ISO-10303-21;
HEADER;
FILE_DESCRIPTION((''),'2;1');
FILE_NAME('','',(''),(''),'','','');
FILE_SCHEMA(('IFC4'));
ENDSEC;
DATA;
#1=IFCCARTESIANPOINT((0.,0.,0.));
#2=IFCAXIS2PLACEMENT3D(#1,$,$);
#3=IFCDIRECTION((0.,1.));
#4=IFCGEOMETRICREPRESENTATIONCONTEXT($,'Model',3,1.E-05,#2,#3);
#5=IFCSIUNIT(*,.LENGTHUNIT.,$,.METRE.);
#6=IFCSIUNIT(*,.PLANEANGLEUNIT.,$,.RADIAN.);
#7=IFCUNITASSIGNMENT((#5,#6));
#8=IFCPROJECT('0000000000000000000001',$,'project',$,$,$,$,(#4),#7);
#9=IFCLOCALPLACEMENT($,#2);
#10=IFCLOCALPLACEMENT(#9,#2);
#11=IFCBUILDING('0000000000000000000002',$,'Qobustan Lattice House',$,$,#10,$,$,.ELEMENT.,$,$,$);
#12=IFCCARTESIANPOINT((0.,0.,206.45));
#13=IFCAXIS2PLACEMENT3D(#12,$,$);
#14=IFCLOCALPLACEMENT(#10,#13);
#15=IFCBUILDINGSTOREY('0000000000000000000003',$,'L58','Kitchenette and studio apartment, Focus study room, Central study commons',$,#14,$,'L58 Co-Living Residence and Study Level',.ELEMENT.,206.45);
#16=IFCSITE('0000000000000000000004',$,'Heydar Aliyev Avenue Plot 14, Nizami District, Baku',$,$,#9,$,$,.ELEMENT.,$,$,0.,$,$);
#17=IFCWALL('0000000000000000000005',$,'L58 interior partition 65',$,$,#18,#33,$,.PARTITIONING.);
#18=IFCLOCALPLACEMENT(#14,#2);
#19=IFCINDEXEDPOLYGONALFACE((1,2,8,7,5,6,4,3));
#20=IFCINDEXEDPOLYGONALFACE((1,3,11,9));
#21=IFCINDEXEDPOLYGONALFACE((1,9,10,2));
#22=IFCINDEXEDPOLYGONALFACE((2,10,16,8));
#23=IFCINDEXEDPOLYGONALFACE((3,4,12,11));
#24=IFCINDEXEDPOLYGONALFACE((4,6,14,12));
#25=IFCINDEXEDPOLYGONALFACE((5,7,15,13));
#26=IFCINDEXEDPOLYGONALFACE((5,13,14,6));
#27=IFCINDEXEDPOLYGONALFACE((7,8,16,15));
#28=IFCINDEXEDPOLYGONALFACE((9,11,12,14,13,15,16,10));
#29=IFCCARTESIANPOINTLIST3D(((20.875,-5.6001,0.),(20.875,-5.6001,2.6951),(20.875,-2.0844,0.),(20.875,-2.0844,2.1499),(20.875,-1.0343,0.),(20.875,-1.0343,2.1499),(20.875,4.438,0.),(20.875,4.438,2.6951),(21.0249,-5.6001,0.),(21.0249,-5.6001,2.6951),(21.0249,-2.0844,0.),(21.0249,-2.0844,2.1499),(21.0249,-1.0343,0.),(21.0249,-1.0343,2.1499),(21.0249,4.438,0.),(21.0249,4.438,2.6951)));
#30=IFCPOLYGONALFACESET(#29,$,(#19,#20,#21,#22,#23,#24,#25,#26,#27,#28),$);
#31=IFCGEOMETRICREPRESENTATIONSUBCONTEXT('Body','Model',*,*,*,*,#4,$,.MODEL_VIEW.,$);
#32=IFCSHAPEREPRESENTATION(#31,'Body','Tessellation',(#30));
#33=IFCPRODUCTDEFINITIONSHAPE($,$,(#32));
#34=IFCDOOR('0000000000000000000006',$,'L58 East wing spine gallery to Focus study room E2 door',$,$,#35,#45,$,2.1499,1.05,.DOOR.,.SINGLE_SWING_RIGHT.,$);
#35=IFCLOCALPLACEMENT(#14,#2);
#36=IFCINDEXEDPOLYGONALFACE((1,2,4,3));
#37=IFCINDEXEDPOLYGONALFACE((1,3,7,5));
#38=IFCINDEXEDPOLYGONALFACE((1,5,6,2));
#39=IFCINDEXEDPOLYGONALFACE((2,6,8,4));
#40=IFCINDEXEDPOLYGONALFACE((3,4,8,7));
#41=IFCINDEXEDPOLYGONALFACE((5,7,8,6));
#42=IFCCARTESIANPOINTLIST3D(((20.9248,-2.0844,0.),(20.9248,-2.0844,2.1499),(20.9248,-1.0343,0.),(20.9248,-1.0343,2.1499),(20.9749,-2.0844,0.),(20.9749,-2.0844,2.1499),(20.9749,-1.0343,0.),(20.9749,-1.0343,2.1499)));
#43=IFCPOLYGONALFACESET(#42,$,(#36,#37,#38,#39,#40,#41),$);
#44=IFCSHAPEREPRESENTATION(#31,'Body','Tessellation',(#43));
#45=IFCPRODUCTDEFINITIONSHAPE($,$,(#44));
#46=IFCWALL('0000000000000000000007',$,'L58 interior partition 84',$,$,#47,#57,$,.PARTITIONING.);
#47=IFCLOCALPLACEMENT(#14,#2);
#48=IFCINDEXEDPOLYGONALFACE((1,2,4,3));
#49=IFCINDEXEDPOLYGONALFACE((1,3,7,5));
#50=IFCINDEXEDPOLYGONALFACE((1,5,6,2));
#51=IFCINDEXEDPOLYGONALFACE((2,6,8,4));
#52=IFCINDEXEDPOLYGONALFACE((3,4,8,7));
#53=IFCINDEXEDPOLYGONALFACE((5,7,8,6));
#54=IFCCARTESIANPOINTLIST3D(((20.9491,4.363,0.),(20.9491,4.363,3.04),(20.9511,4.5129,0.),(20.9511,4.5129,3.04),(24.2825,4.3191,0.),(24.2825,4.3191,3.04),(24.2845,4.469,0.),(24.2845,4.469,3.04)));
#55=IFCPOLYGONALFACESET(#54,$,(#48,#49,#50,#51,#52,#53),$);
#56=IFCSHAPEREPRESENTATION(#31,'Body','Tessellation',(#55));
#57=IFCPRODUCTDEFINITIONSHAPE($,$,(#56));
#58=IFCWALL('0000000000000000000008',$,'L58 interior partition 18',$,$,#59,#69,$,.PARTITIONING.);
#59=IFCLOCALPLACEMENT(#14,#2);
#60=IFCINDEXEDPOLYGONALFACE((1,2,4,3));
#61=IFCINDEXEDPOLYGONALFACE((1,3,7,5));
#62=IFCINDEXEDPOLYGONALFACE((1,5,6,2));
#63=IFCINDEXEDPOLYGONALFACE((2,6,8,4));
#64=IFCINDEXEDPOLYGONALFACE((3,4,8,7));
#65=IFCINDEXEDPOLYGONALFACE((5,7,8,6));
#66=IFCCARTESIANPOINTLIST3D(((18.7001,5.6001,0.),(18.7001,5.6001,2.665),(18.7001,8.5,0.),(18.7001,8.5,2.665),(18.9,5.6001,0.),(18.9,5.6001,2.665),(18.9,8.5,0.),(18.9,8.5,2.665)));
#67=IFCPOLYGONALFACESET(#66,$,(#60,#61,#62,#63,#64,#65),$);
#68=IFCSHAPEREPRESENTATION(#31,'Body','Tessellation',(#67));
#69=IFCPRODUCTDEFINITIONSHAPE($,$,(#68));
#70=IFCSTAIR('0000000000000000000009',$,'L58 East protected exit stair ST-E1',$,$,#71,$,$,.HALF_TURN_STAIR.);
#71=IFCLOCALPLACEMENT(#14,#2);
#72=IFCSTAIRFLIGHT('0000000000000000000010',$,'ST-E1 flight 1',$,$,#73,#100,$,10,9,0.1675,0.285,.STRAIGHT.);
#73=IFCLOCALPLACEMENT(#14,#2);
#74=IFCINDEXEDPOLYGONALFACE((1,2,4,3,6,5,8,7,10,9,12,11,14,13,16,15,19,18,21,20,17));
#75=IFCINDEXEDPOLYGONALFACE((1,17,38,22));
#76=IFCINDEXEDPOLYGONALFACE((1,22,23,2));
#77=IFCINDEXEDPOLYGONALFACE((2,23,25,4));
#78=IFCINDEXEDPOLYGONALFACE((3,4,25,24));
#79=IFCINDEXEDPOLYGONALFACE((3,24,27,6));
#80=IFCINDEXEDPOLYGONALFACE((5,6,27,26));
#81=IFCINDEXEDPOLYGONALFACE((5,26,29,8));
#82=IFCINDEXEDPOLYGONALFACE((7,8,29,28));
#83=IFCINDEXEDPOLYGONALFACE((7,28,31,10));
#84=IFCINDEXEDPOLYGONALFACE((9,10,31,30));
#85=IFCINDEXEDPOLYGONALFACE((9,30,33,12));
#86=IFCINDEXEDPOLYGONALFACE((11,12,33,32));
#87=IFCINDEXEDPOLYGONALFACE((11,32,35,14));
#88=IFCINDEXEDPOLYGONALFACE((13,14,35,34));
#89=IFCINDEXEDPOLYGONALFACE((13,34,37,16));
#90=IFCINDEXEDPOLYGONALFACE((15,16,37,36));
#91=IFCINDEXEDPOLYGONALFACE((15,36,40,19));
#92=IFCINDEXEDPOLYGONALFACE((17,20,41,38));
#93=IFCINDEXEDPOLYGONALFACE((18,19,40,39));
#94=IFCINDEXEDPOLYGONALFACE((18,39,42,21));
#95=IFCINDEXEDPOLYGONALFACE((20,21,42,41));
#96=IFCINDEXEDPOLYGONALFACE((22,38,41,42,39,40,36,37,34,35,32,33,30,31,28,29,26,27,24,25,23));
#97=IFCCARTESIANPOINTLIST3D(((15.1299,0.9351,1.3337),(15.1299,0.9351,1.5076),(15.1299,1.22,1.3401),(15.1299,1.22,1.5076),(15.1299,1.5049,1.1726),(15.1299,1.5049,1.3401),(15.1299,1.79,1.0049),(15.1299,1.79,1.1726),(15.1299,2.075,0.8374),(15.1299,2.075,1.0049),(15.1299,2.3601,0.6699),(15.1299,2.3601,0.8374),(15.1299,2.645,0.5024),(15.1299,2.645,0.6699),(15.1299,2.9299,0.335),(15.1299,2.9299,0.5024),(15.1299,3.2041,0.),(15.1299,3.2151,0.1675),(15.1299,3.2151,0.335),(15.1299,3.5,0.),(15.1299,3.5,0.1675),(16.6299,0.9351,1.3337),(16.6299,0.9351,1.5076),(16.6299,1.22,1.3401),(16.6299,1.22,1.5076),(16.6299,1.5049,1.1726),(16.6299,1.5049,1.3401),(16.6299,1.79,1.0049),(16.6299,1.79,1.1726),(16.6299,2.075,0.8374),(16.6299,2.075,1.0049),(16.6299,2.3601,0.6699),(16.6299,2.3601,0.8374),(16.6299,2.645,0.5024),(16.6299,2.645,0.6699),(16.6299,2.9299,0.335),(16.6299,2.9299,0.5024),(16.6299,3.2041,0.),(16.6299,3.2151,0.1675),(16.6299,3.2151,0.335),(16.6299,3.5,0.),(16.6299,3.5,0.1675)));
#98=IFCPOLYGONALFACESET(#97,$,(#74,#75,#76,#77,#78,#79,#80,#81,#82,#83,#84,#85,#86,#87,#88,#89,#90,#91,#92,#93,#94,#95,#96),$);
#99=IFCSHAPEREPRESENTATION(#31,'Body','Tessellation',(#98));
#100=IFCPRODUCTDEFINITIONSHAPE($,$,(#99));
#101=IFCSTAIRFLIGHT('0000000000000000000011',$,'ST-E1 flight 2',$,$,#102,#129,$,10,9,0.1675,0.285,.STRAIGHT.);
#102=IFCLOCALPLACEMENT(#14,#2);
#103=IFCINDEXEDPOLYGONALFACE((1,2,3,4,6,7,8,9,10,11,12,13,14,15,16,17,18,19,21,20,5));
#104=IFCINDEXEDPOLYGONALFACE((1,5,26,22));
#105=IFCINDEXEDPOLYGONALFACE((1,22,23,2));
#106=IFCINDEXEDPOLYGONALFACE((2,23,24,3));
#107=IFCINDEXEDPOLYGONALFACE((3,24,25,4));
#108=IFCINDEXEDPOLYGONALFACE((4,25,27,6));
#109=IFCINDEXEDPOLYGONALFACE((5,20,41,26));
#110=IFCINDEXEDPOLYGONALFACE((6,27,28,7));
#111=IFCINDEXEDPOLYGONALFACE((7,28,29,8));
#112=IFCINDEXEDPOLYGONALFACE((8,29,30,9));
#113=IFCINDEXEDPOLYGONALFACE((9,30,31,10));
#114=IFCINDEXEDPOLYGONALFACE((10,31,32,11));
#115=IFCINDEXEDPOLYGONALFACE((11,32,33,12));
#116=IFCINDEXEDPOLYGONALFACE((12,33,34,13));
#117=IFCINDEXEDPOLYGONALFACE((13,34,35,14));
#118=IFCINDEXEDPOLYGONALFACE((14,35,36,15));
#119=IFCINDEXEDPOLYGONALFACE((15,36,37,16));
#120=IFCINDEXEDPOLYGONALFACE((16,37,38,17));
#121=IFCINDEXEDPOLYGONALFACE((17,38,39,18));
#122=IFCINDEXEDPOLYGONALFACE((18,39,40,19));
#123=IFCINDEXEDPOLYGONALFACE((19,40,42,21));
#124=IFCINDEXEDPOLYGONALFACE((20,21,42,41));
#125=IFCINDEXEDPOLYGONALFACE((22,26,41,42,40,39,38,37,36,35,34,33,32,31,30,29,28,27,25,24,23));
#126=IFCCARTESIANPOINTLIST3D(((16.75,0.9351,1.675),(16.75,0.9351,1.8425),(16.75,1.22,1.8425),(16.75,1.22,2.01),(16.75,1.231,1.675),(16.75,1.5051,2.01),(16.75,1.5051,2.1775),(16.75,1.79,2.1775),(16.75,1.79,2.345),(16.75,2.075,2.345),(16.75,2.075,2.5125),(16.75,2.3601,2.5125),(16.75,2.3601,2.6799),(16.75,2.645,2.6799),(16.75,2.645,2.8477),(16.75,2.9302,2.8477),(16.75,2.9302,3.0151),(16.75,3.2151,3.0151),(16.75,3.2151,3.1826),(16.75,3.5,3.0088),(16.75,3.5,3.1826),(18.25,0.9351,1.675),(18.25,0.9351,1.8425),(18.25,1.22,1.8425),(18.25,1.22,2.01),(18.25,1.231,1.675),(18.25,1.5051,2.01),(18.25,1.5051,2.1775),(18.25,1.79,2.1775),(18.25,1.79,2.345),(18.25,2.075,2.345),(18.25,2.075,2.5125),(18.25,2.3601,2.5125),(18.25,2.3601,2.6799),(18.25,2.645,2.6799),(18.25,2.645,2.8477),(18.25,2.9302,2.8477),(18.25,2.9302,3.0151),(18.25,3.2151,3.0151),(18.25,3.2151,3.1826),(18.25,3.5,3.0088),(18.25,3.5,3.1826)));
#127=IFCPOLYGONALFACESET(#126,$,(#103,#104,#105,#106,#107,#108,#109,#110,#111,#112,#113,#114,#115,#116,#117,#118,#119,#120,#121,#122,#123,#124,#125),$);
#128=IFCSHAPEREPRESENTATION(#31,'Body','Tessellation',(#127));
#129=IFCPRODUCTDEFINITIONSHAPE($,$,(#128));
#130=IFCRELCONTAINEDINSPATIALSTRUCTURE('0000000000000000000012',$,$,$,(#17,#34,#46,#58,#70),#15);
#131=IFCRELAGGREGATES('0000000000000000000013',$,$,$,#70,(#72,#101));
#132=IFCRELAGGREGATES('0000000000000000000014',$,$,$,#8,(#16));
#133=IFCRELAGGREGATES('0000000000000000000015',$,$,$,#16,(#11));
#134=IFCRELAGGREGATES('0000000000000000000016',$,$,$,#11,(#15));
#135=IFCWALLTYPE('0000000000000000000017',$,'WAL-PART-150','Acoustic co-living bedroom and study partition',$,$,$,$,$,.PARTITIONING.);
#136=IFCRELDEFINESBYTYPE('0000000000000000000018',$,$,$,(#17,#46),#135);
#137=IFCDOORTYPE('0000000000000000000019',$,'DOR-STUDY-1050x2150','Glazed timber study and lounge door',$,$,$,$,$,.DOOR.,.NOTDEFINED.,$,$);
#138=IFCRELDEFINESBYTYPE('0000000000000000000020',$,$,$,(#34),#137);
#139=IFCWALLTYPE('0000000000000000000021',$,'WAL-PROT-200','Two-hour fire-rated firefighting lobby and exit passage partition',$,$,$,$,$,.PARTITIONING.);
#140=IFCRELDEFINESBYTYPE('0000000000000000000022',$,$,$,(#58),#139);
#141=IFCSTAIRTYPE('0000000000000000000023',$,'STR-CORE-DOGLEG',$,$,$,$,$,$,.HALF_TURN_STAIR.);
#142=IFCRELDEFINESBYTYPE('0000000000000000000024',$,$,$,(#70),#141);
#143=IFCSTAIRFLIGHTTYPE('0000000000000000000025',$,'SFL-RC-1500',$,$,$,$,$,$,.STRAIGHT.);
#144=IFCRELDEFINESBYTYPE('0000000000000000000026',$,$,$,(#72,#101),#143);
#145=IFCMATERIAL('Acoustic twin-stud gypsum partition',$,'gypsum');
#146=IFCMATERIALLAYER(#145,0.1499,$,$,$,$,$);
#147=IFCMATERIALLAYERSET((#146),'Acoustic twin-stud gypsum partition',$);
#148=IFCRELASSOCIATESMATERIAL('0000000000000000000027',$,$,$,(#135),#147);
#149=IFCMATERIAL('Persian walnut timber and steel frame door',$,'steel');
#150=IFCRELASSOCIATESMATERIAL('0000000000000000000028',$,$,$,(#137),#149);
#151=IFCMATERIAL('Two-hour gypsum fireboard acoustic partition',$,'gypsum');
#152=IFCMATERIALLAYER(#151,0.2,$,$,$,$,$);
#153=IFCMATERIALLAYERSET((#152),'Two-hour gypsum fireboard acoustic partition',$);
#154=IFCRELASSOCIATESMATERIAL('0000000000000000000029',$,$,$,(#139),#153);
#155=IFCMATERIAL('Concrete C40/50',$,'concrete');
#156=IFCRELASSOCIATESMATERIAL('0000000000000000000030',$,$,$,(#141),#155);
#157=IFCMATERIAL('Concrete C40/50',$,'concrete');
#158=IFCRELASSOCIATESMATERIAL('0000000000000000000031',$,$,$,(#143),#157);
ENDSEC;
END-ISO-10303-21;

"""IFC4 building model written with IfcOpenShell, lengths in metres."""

from ifc_helpers import new_model, si_unit, direction, frame, frame_2d, origin, place, context, subcontext, project, spatial, polyline, rectangle, outline, extrude, material, layer, layer_set, type_object, element, fill, aggregate, save


model = new_model("IFC4")

# Units and contexts
model_context = context("Model", 3, precision=1e-05, world=origin(), true_north=direction((0.0, 1.0)))
body_context = subcontext(model_context, "Body", "Model", "MODEL_VIEW")
ifc_project = project(units=[si_unit("LENGTHUNIT", "METRE"), si_unit("PLANEANGLEUNIT", "RADIAN")], contexts=[model_context])

# Site, building, storey
site_placement = place(None, origin())
site = spatial("IfcSite", under=ifc_project, at=site_placement, Name="Heydar Aliyev Avenue Plot 14, Nizami District, Baku", CompositionType="ELEMENT", RefElevation=0.0)
building_placement = place(site_placement, origin())
building = spatial("IfcBuilding", under=site, at=building_placement, Name="Qobustan Lattice House", CompositionType="ELEMENT")
storey_placement = place(building_placement, frame((0.0, 0.0, 206.45)))
storey = spatial("IfcBuildingStorey", under=building, at=storey_placement, Name="L58", Description="Kitchenette and studio apartment, Focus study room, Central study commons", LongName="L58 Co-Living Residence and Study Level", CompositionType="ELEMENT", Elevation=206.45)

# Wall, opening, door
ifc_material_1 = material(Name="Acoustic twin-stud gypsum partition", Category="gypsum")
ifc_layer_1 = layer(ifc_material_1, 0.1499)
ifc_layer_set_1 = layer_set([ifc_layer_1], Name="Acoustic twin-stud gypsum partition")
wall_type_1 = type_object("IfcWallType", Name="WAL-PART-150", Description="Acoustic co-living bedroom and study partition", PredefinedType="PARTITIONING", material=ifc_layer_set_1)
wall_1_placement = place(storey_placement, frame((20.95, 4.438, 0.0), z_axis=(0.0, 0.0, 1.0), x_axis=(0.0, -1.0, 0.0)))
wall_1 = element("IfcWall", 1, at=wall_1_placement, inside=storey, type_object=wall_type_1, Name="L58 interior partition 65", PredefinedType="PARTITIONING", context=body_context, shape_type="SweptSolid", body=[
    extrude(rectangle(XDim=10.0381, YDim=0.1499, at=frame_2d((5.019, 0.0))), origin(), (0.0, 0.0, 1.0), 2.6951),
])
opening_placement = place(wall_1_placement, frame((5.4724, 0.0, 0.0)))
opening = element("IfcOpeningElement", 2, at=opening_placement, cuts=wall_1, PredefinedType="OPENING", context=body_context, shape_type="SweptSolid", body=[
    extrude(rectangle(XDim=1.05, YDim=2.1499, at=frame_2d((0.5249, 1.075))), frame((0.0, 0.085, 0.0), z_axis=(0.0, -1.0, 0.0), x_axis=(1.0, 0.0, 0.0)), (0.0, 0.0, 1.0), 0.1699),
])
ifc_material_2 = material(Name="Persian walnut timber and steel frame door", Category="steel")
door_type = type_object("IfcDoorType", Name="DOR-STUDY-1050x2150", Description="Glazed timber study and lounge door", OperationType="NOTDEFINED", PredefinedType="DOOR", material=ifc_material_2)
door_placement = place(opening_placement, origin())
door = element("IfcDoor", 3, at=door_placement, inside=storey, type_object=door_type, Name="L58 East wing spine gallery to Focus study room E2 door", OperationType="SINGLE_SWING_RIGHT", OverallHeight=2.1499, OverallWidth=1.05, PredefinedType="DOOR", context=body_context, shape_type="SweptSolid", body=[
    extrude(rectangle(XDim=1.05, YDim=2.1499, at=frame_2d((0.5249, 1.075))), frame((0.0, 0.0249, 0.0), z_axis=(0.0, -1.0, 0.0), x_axis=(1.0, 0.0, 0.0)), (0.0, 0.0, 1.0), 0.05),
])
fill(opening, door)

# Walls
wall_2_placement = place(storey_placement, frame((20.95, 4.438, 0.0), z_axis=(0.0, 0.0, 1.0), x_axis=(0.999913, -0.013182, 0.0)))
element("IfcWall", 4, at=wall_2_placement, inside=storey, type_object=wall_type_1, Name="L58 interior partition 84", PredefinedType="PARTITIONING", context=body_context, shape_type="SweptSolid", body=[
    extrude(rectangle(XDim=3.3337, YDim=0.1499, at=frame_2d((1.667, 0.0))), origin(), (0.0, 0.0, 1.0), 3.04),
])
ifc_material_3 = material(Name="Two-hour gypsum fireboard acoustic partition", Category="gypsum")
ifc_layer_2 = layer(ifc_material_3, 0.2)
ifc_layer_set_2 = layer_set([ifc_layer_2], Name="Two-hour gypsum fireboard acoustic partition")
wall_type_2 = type_object("IfcWallType", Name="WAL-PROT-200", Description="Two-hour fire-rated firefighting lobby and exit passage partition", PredefinedType="PARTITIONING", material=ifc_layer_set_2)
wall_3_placement = place(storey_placement, frame((18.8, 5.6001, 0.0), z_axis=(0.0, 0.0, 1.0), x_axis=(0.0, 1.0, 0.0)))
element("IfcWall", 5, at=wall_3_placement, inside=storey, type_object=wall_type_2, Name="L58 interior partition 18", PredefinedType="PARTITIONING", context=body_context, shape_type="SweptSolid", body=[
    extrude(rectangle(XDim=2.8999, YDim=0.2, at=frame_2d((1.45, 0.0))), origin(), (0.0, 0.0, 1.0), 2.665),
])

# Stair, stair flights
ifc_material_4 = material(Name="Concrete C40/50", Category="concrete")
stair_type = type_object("IfcStairType", Name="STR-CORE-DOGLEG", PredefinedType="HALF_TURN_STAIR", material=ifc_material_4)
stair_placement = place(storey_placement, origin())
stair = element("IfcStair", 6, at=stair_placement, inside=storey, type_object=stair_type, Name="L58 East protected exit stair ST-E1", PredefinedType="HALF_TURN_STAIR")
ifc_material_5 = material(Name="Concrete C40/50", Category="concrete")
stair_flight_type = type_object("IfcStairFlightType", Name="SFL-RC-1500", PredefinedType="STRAIGHT", material=ifc_material_5)
stair_flight_1_placement = place(storey_placement, frame((15.8799, 3.5, 0.0), z_axis=(0.0, 0.0, 1.0), x_axis=(0.0, -1.0, 0.0)))
stair_flight_1 = element("IfcStairFlight", 7, at=stair_flight_1_placement, type_object=stair_flight_type, Name="ST-E1 flight 1", NumberOfRisers=10, NumberOfTreads=9, PredefinedType="STRAIGHT", RiserHeight=0.1675, TreadLength=0.285, context=body_context, shape_type="SweptSolid", body=[
    extrude(outline(polyline([(0.0, 0.0), (0.0, 0.1675), (0.2849, 0.1675), (0.2849, 0.335), (0.5701, 0.335), (0.5701, 0.5024), (0.855, 0.5024), (0.855, 0.6699), (1.1399, 0.6699), (1.1399, 0.8374), (1.425, 0.8374), (1.425, 1.0049), (1.71, 1.0049), (1.71, 1.1726), (1.9951, 1.1726), (1.9951, 1.3401), (2.28, 1.3401), (2.28, 1.5076), (2.5649, 1.5076), (2.5649, 1.675), (2.5649, 1.3337), (0.2959, 0.0), (0.0, 0.0)])), frame((0.0, 0.75, 0.0), z_axis=(0.0, -1.0, 0.0), x_axis=(1.0, 0.0, 0.0)), (0.0, 0.0, 1.0), 1.5),
])
stair_flight_2_placement = place(storey_placement, frame((17.5, 0.9351, 1.675), z_axis=(0.0, 0.0, 1.0), x_axis=(0.0, 1.0, 0.0)))
stair_flight_2 = element("IfcStairFlight", 8, at=stair_flight_2_placement, type_object=stair_flight_type, Name="ST-E1 flight 2", NumberOfRisers=10, NumberOfTreads=9, PredefinedType="STRAIGHT", RiserHeight=0.1675, TreadLength=0.285, context=body_context, shape_type="SweptSolid", body=[
    extrude(outline(polyline([(0.0, 0.0), (0.0, 0.1675), (0.2849, 0.1675), (0.2849, 0.335), (0.5701, 0.335), (0.5701, 0.5024), (0.855, 0.5024), (0.855, 0.6699), (1.1399, 0.6699), (1.1399, 0.8374), (1.425, 0.8374), (1.425, 1.0049), (1.71, 1.0049), (1.71, 1.1726), (1.9951, 1.1726), (1.9951, 1.3401), (2.28, 1.3401), (2.28, 1.5076), (2.5649, 1.5076), (2.5649, 1.675), (2.5649, 1.3337), (0.2959, 0.0), (0.0, 0.0)])), frame((0.0, 0.75, 0.0), z_axis=(0.0, -1.0, 0.0), x_axis=(1.0, 0.0, 0.0)), (0.0, 0.0, 1.0), 1.5),
])
aggregate(stair, [stair_flight_1, stair_flight_2])

save(model, "model.ifc")
